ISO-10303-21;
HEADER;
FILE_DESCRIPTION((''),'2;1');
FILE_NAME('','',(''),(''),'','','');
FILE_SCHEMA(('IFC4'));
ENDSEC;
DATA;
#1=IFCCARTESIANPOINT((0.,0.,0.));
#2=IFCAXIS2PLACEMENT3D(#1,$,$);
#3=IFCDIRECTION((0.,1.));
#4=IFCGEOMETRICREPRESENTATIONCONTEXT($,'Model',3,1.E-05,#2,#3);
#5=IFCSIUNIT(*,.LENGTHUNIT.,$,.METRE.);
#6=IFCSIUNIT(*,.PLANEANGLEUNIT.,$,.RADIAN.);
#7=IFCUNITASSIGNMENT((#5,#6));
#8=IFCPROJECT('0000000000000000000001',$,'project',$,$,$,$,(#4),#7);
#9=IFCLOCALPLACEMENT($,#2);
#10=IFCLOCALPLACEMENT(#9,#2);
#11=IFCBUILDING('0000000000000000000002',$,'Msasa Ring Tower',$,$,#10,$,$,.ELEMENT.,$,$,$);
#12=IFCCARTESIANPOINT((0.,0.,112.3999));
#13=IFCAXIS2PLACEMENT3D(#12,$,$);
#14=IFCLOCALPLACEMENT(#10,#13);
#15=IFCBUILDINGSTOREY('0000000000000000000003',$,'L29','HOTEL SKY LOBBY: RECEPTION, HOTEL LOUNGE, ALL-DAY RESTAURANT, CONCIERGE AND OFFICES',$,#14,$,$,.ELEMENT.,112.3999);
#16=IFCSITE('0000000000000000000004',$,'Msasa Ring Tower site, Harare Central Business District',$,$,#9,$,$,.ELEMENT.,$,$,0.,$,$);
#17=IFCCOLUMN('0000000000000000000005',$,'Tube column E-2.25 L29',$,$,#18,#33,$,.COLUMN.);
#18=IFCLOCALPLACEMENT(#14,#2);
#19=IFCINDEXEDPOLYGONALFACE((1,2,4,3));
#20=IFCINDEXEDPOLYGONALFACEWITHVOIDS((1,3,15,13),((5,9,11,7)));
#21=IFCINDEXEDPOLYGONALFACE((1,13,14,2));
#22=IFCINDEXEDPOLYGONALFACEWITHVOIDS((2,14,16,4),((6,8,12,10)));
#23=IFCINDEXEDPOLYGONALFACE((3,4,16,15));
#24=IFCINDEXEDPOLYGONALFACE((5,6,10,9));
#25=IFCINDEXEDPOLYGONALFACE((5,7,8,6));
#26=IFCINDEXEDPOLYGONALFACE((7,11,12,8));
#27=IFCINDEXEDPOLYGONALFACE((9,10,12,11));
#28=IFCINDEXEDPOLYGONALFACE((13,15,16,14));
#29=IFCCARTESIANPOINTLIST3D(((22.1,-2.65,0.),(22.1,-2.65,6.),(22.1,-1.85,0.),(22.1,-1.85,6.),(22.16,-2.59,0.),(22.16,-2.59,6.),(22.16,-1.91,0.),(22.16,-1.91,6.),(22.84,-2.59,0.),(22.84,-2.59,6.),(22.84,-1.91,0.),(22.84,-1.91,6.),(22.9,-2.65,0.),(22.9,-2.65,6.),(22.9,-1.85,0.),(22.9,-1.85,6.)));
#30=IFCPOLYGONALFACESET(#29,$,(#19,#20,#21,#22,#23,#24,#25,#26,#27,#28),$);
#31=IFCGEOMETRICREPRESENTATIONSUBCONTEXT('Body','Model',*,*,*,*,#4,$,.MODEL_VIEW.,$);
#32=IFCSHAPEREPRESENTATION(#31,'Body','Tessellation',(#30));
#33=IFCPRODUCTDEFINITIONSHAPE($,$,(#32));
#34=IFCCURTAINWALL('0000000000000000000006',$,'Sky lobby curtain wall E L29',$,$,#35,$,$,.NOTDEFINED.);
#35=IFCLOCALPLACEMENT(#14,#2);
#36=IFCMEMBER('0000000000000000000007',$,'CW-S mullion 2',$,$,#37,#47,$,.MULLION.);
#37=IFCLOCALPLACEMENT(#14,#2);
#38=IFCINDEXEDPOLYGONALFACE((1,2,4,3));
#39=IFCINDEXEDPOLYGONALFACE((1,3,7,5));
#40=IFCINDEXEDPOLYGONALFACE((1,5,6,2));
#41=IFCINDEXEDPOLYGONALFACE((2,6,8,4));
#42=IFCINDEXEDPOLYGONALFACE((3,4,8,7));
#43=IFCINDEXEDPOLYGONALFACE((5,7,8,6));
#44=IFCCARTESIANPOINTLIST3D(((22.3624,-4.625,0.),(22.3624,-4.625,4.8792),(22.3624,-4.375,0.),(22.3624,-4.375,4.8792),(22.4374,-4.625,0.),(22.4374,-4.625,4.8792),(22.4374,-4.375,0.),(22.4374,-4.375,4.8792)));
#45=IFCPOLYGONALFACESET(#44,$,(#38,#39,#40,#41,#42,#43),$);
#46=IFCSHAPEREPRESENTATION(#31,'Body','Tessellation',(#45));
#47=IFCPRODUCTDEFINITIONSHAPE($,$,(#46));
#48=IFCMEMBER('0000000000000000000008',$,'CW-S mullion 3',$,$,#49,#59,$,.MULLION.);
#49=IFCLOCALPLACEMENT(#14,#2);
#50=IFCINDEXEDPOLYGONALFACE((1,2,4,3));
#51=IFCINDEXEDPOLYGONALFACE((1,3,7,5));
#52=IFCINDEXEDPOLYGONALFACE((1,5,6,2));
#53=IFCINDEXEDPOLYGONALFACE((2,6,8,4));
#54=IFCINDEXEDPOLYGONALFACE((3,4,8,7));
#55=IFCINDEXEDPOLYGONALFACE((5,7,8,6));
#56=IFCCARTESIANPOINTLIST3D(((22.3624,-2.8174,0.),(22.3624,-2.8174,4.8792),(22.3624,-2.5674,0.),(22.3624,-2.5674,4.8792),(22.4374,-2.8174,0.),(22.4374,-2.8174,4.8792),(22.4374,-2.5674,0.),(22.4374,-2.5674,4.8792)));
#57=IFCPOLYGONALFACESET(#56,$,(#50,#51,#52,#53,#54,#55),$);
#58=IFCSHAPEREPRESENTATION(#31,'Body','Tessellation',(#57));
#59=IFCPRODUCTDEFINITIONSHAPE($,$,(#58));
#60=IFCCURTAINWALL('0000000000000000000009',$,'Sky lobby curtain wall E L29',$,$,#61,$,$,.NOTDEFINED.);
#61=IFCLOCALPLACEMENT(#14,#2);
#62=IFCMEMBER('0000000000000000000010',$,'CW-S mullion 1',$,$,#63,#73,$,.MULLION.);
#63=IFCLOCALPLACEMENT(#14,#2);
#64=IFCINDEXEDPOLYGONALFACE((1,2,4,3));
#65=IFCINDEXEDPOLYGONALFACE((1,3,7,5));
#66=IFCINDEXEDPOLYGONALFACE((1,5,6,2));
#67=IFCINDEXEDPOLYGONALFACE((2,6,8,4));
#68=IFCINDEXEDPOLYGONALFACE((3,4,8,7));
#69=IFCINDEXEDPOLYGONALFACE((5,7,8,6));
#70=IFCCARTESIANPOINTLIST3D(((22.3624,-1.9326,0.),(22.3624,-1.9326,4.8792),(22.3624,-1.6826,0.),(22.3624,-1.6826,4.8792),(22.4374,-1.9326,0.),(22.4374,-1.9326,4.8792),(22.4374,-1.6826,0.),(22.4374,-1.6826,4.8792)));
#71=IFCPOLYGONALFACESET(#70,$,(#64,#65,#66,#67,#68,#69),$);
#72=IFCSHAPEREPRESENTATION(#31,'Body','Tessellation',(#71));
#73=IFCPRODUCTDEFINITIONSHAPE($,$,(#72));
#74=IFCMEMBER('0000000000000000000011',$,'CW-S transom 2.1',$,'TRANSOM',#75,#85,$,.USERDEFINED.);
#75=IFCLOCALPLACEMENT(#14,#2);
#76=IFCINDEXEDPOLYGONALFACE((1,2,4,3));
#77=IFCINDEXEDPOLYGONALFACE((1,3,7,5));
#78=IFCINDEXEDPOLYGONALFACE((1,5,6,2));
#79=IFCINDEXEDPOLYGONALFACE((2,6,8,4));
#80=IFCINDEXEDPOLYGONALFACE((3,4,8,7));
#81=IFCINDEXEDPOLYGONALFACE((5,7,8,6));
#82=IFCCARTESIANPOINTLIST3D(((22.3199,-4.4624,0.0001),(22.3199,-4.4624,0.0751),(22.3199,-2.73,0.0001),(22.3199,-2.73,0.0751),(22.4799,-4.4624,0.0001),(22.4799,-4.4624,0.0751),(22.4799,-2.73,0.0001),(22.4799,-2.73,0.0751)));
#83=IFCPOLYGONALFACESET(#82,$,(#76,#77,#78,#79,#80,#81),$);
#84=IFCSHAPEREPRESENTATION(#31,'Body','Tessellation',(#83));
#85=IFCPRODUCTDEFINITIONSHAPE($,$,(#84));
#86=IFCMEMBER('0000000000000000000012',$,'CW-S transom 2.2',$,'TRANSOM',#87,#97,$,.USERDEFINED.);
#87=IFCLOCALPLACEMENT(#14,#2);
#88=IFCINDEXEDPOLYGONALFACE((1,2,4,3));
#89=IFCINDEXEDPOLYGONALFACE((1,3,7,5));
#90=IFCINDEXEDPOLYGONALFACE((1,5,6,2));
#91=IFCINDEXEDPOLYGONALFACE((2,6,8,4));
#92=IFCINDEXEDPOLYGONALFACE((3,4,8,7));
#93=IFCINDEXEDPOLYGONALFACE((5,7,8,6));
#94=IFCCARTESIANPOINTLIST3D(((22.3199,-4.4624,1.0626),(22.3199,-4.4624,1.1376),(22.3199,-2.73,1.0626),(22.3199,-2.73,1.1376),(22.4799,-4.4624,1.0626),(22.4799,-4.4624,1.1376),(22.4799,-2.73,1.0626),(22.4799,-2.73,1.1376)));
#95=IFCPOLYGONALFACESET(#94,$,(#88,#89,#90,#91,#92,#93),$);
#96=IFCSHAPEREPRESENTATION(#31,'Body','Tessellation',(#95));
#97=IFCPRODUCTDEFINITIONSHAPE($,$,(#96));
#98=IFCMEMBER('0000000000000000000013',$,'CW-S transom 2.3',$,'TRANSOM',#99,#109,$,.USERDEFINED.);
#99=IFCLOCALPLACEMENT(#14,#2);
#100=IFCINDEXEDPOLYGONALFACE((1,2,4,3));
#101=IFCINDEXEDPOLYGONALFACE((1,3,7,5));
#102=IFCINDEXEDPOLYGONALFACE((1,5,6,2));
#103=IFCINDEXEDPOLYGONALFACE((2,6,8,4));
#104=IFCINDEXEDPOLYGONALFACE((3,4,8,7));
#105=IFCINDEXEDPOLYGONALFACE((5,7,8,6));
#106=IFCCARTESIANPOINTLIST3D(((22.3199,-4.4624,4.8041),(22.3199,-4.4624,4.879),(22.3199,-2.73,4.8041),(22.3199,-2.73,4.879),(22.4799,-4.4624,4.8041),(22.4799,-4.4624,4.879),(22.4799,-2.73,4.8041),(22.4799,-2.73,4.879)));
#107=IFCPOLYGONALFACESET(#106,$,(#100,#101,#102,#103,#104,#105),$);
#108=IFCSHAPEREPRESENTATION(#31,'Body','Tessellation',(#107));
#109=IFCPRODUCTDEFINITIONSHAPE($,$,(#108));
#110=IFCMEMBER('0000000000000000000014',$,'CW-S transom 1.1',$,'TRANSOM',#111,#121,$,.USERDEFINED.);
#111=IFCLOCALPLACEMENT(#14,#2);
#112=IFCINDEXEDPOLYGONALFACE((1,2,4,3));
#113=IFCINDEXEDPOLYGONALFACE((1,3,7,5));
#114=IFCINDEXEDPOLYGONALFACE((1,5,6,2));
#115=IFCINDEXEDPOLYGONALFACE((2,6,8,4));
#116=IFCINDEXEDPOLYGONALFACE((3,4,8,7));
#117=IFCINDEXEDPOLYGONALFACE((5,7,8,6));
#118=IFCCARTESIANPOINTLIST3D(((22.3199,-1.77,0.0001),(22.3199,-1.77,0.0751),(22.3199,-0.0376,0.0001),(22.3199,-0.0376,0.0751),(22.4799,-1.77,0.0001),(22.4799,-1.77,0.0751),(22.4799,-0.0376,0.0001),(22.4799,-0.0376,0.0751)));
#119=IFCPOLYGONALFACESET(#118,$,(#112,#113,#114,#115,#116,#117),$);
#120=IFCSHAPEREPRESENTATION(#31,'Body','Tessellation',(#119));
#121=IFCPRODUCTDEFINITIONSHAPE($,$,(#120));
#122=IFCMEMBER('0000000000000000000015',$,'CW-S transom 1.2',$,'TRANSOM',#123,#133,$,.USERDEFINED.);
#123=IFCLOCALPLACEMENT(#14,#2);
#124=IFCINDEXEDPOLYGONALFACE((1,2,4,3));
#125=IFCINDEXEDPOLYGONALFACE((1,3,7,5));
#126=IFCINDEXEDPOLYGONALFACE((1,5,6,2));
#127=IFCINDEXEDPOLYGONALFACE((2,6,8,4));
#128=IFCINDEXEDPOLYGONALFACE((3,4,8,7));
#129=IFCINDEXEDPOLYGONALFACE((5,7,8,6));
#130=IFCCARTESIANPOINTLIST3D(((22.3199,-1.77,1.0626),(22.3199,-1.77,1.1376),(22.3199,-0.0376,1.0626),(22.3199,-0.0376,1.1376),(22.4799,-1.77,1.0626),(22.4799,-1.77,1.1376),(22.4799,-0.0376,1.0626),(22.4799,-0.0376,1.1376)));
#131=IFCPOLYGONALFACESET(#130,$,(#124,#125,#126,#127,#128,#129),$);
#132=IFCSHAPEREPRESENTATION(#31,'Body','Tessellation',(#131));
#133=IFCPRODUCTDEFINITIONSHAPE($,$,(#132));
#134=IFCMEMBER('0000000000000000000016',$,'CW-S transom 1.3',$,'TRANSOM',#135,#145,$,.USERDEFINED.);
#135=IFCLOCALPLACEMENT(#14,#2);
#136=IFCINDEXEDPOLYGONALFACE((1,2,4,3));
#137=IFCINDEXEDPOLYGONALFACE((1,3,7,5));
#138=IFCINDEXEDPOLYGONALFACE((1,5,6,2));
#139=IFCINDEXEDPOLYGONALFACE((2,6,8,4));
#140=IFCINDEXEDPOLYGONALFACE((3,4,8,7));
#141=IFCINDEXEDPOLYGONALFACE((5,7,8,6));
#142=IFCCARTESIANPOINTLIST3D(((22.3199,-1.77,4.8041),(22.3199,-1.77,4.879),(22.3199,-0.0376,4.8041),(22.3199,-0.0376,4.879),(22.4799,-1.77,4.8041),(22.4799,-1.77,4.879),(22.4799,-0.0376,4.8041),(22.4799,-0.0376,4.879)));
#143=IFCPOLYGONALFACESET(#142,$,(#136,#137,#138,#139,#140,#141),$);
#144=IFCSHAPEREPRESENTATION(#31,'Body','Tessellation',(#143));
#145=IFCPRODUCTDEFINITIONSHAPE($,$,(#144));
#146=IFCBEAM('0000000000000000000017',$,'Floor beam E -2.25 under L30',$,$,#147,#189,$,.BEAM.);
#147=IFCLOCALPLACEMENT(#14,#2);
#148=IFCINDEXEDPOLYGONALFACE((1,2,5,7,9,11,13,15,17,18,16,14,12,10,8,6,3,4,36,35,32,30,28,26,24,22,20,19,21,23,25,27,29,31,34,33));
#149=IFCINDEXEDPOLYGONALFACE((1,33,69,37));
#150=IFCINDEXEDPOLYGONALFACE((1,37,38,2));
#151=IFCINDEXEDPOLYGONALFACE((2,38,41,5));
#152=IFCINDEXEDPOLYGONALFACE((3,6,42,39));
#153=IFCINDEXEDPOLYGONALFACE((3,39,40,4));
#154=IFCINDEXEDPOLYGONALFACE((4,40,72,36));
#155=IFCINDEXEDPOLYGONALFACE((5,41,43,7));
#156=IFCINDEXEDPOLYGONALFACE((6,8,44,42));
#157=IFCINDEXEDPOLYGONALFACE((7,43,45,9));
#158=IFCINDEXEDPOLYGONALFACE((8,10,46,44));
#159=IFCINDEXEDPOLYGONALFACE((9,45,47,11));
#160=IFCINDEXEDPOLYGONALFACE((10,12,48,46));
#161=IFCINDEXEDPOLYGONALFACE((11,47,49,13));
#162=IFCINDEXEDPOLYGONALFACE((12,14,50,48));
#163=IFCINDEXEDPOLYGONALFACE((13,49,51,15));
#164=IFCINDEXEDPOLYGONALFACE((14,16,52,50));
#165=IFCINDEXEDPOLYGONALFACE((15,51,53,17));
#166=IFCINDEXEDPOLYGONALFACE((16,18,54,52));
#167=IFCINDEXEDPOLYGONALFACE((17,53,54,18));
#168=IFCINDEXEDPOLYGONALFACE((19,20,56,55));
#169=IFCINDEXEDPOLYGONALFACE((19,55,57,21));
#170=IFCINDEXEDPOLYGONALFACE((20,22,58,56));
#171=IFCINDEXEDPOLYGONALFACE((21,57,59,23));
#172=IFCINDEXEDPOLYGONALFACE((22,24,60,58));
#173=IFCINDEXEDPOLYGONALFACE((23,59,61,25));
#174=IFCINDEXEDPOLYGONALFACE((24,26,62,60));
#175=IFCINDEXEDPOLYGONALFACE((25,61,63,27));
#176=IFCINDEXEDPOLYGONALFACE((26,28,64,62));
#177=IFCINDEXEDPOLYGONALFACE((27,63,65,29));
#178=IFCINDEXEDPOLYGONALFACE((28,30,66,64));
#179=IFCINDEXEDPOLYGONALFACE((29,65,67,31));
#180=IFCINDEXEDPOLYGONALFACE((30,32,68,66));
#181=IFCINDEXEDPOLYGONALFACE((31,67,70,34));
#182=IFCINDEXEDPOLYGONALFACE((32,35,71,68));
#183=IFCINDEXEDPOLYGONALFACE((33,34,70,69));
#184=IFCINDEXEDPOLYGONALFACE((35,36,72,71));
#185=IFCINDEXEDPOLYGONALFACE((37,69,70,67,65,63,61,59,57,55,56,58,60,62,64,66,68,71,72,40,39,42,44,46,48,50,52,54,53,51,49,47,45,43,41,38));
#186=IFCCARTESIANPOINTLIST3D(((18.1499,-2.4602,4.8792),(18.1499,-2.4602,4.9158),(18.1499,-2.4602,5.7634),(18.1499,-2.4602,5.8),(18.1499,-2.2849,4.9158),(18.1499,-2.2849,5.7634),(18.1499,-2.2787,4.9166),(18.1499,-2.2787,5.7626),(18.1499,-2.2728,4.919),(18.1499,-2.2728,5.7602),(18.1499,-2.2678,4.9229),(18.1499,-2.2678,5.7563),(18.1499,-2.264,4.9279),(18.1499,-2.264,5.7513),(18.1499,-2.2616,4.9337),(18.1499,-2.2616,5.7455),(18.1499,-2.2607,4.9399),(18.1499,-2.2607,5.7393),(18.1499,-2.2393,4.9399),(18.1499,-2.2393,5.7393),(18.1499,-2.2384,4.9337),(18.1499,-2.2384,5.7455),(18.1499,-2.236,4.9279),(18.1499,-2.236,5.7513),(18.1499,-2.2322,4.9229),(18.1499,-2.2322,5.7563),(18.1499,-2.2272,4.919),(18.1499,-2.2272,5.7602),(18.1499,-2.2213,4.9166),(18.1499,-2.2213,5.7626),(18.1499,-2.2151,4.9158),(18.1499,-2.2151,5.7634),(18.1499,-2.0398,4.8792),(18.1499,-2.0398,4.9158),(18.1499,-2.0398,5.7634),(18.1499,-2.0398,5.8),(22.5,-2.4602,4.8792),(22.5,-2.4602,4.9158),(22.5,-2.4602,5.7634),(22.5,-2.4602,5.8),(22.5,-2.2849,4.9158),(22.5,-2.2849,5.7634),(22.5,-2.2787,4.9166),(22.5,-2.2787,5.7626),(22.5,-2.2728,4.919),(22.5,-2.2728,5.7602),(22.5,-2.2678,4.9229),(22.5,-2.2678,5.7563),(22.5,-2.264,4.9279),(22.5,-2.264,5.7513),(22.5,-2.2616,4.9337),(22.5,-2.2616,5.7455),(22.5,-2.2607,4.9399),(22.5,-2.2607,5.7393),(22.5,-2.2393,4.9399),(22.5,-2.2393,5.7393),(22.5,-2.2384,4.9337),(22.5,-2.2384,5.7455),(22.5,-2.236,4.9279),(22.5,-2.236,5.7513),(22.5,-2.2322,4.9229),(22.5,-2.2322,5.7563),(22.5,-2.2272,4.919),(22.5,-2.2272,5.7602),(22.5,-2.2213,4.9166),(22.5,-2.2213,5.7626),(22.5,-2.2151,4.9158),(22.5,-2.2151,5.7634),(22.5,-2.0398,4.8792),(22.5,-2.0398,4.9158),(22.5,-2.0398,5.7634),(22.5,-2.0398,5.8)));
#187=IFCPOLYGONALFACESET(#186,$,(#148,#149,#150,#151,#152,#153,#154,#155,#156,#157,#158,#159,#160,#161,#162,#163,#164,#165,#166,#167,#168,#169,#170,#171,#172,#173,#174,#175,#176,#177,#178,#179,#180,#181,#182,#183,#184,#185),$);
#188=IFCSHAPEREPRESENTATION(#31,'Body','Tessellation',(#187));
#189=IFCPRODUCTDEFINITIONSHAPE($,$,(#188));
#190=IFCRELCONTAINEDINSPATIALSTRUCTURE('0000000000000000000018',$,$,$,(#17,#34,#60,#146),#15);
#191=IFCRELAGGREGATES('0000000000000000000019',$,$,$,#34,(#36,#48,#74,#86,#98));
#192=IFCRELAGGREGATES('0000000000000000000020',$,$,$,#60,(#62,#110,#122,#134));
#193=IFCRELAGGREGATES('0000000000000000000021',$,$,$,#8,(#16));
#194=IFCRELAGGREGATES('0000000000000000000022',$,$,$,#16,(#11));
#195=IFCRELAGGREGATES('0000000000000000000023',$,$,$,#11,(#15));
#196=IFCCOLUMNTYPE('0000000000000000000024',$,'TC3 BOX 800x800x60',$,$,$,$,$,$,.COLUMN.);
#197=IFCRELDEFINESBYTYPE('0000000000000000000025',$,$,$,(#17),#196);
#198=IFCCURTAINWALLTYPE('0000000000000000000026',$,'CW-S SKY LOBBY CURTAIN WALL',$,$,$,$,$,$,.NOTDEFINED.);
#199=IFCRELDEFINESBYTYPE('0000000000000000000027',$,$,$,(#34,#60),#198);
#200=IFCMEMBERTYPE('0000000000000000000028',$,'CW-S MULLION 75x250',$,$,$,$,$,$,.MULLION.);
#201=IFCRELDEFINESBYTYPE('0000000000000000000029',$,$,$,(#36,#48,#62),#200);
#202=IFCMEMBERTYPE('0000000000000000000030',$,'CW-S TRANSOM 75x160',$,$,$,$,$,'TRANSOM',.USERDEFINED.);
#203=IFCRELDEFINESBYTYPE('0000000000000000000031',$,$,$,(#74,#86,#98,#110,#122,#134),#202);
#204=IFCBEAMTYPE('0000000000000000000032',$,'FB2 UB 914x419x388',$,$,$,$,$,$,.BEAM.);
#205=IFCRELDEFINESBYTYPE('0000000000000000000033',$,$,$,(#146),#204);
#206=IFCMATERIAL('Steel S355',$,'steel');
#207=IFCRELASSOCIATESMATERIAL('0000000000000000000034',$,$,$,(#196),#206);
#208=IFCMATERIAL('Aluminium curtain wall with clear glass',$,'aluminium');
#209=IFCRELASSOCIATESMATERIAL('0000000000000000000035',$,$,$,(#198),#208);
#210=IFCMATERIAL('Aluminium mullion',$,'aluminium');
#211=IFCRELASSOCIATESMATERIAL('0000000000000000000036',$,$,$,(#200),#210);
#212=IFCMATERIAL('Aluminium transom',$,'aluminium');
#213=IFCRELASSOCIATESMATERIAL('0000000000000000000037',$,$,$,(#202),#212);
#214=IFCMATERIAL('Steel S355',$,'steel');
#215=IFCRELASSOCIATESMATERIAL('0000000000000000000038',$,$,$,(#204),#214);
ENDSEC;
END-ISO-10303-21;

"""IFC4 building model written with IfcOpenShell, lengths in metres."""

from ifc_helpers import new_model, si_unit, direction, frame, origin, origin_2d, place, context, subcontext, project, spatial, rectangle, hollow_rectangle, i_section, extrude, material, material_profile, profile_set, type_object, element, aggregate, save


model = new_model("IFC4")

# Units and contexts
model_context = context("Model", 3, precision=1e-05, world=origin(), true_north=direction((0.0, 1.0)))
body_context = subcontext(model_context, "Body", "Model", "MODEL_VIEW")
ifc_project = project(units=[si_unit("LENGTHUNIT", "METRE"), si_unit("PLANEANGLEUNIT", "RADIAN")], contexts=[model_context])

# Site, building, storey
site_placement = place(None, origin())
site = spatial("IfcSite", under=ifc_project, at=site_placement, Name="Msasa Ring Tower site, Harare Central Business District", CompositionType="ELEMENT", RefElevation=0.0)
building_placement = place(site_placement, origin())
building = spatial("IfcBuilding", under=site, at=building_placement, Name="Msasa Ring Tower", CompositionType="ELEMENT")
storey_placement = place(building_placement, frame((0.0, 0.0, 112.3999)))
storey = spatial("IfcBuildingStorey", under=building, at=storey_placement, Name="L29", Description="HOTEL SKY LOBBY: RECEPTION, HOTEL LOUNGE, ALL-DAY RESTAURANT, CONCIERGE AND OFFICES", CompositionType="ELEMENT", Elevation=112.3999)

# Column
ifc_material_1 = material(Name="Steel S355", Category="steel")
ifc_material_profile_1 = material_profile(ifc_material_1, hollow_rectangle(XDim=0.8, YDim=0.8, WallThickness=0.0601, at=origin_2d()), Name="BOX 800x800x60")
ifc_profile_set_1 = profile_set([ifc_material_profile_1], Name="Steel S355")
column_type = type_object("IfcColumnType", Name="TC3 BOX 800x800x60", PredefinedType="COLUMN", material=ifc_profile_set_1)
column_placement = place(storey_placement, frame((22.5, -2.25, 0.0), z_axis=(0.0, 0.0, 1.0), x_axis=(1.0, 0.0, 0.0)))
element("IfcColumn", 1, at=column_placement, inside=storey, type_object=column_type, Name="Tube column E-2.25 L29", PredefinedType="COLUMN", context=body_context, shape_type="SweptSolid", body=[
    extrude(hollow_rectangle(XDim=0.8, YDim=0.8, WallThickness=0.0601, at=origin_2d()), origin(), (0.0, 0.0, 1.0), 6.0),
])

# Curtain wall, members
ifc_material_2 = material(Name="Aluminium curtain wall with clear glass", Category="aluminium")
curtain_wall_type = type_object("IfcCurtainWallType", Name="CW-S SKY LOBBY CURTAIN WALL", PredefinedType="NOTDEFINED", material=ifc_material_2)
curtain_wall_1_placement = place(storey_placement, origin())
curtain_wall_1 = element("IfcCurtainWall", 2, at=curtain_wall_1_placement, inside=storey, type_object=curtain_wall_type, Name="Sky lobby curtain wall E L29", PredefinedType="NOTDEFINED")
ifc_material_3 = material(Name="Aluminium mullion", Category="aluminium")
ifc_material_profile_2 = material_profile(ifc_material_3, rectangle(XDim=0.075, YDim=0.25, at=origin_2d()), Name="AL 75x250")
ifc_profile_set_2 = profile_set([ifc_material_profile_2], Name="Aluminium mullion")
member_type_1 = type_object("IfcMemberType", Name="CW-S MULLION 75x250", PredefinedType="MULLION", material=ifc_profile_set_2)
member_1_placement = place(storey_placement, frame((22.3999, -4.5, 0.0), z_axis=(0.0, 0.0, 1.0), x_axis=(-1.0, 0.0, 0.0)))
member_1 = element("IfcMember", 3, at=member_1_placement, type_object=member_type_1, Name="CW-S mullion 2", PredefinedType="MULLION", context=body_context, shape_type="SweptSolid", body=[
    extrude(rectangle(XDim=0.075, YDim=0.25, at=origin_2d()), origin(), (0.0, 0.0, 1.0), 4.8792),
])
member_2_placement = place(storey_placement, frame((22.3999, -2.6924, 0.0), z_axis=(0.0, 0.0, 1.0), x_axis=(-1.0, 0.0, 0.0)))
member_2 = element("IfcMember", 4, at=member_2_placement, type_object=member_type_1, Name="CW-S mullion 3", PredefinedType="MULLION", context=body_context, shape_type="SweptSolid", body=[
    extrude(rectangle(XDim=0.075, YDim=0.25, at=origin_2d()), origin(), (0.0, 0.0, 1.0), 4.8792),
])

# Curtain wall, member
curtain_wall_2_placement = place(storey_placement, origin())
curtain_wall_2 = element("IfcCurtainWall", 5, at=curtain_wall_2_placement, inside=storey, type_object=curtain_wall_type, Name="Sky lobby curtain wall E L29", PredefinedType="NOTDEFINED")
member_3_placement = place(storey_placement, frame((22.3999, -1.8076, 0.0), z_axis=(0.0, 0.0, 1.0), x_axis=(-1.0, 0.0, 0.0)))
member_3 = element("IfcMember", 6, at=member_3_placement, type_object=member_type_1, Name="CW-S mullion 1", PredefinedType="MULLION", context=body_context, shape_type="SweptSolid", body=[
    extrude(rectangle(XDim=0.075, YDim=0.25, at=origin_2d()), origin(), (0.0, 0.0, 1.0), 4.8792),
])

# Members
ifc_material_4 = material(Name="Aluminium transom", Category="aluminium")
ifc_material_profile_3 = material_profile(ifc_material_4, rectangle(XDim=0.1599, YDim=0.075, at=origin_2d()), Name="AL 75x160")
ifc_profile_set_3 = profile_set([ifc_material_profile_3], Name="Aluminium transom")
member_type_2 = type_object("IfcMemberType", Name="CW-S TRANSOM 75x160", ElementType="TRANSOM", PredefinedType="USERDEFINED", material=ifc_profile_set_3)
member_4_placement = place(storey_placement, frame((22.3999, -4.4624, 0.0376), z_axis=(0.0, 1.0, 0.0), x_axis=(-1.0, 0.0, 0.0)))
member_4 = element("IfcMember", 7, at=member_4_placement, type_object=member_type_2, Name="CW-S transom 2.1", ObjectType="TRANSOM", PredefinedType="USERDEFINED", context=body_context, shape_type="SweptSolid", body=[
    extrude(rectangle(XDim=0.1599, YDim=0.075, at=origin_2d()), origin(), (0.0, 0.0, 1.0), 1.7324),
])
member_5_placement = place(storey_placement, frame((22.3999, -4.4624, 1.1001), z_axis=(0.0, 1.0, 0.0), x_axis=(-1.0, 0.0, 0.0)))
member_5 = element("IfcMember", 8, at=member_5_placement, type_object=member_type_2, Name="CW-S transom 2.2", ObjectType="TRANSOM", PredefinedType="USERDEFINED", context=body_context, shape_type="SweptSolid", body=[
    extrude(rectangle(XDim=0.1599, YDim=0.075, at=origin_2d()), origin(), (0.0, 0.0, 1.0), 1.7324),
])
member_6_placement = place(storey_placement, frame((22.3999, -4.4624, 4.8416), z_axis=(0.0, 1.0, 0.0), x_axis=(-1.0, 0.0, 0.0)))
member_6 = element("IfcMember", 9, at=member_6_placement, type_object=member_type_2, Name="CW-S transom 2.3", ObjectType="TRANSOM", PredefinedType="USERDEFINED", context=body_context, shape_type="SweptSolid", body=[
    extrude(rectangle(XDim=0.1599, YDim=0.075, at=origin_2d()), origin(), (0.0, 0.0, 1.0), 1.7324),
])
member_7_placement = place(storey_placement, frame((22.3999, -1.77, 0.0376), z_axis=(0.0, 1.0, 0.0), x_axis=(-1.0, 0.0, 0.0)))
member_7 = element("IfcMember", 10, at=member_7_placement, type_object=member_type_2, Name="CW-S transom 1.1", ObjectType="TRANSOM", PredefinedType="USERDEFINED", context=body_context, shape_type="SweptSolid", body=[
    extrude(rectangle(XDim=0.1599, YDim=0.075, at=origin_2d()), origin(), (0.0, 0.0, 1.0), 1.7324),
])
member_8_placement = place(storey_placement, frame((22.3999, -1.77, 1.1001), z_axis=(0.0, 1.0, 0.0), x_axis=(-1.0, 0.0, 0.0)))
member_8 = element("IfcMember", 11, at=member_8_placement, type_object=member_type_2, Name="CW-S transom 1.2", ObjectType="TRANSOM", PredefinedType="USERDEFINED", context=body_context, shape_type="SweptSolid", body=[
    extrude(rectangle(XDim=0.1599, YDim=0.075, at=origin_2d()), origin(), (0.0, 0.0, 1.0), 1.7324),
])
member_9_placement = place(storey_placement, frame((22.3999, -1.77, 4.8416), z_axis=(0.0, 1.0, 0.0), x_axis=(-1.0, 0.0, 0.0)))
member_9 = element("IfcMember", 12, at=member_9_placement, type_object=member_type_2, Name="CW-S transom 1.3", ObjectType="TRANSOM", PredefinedType="USERDEFINED", context=body_context, shape_type="SweptSolid", body=[
    extrude(rectangle(XDim=0.1599, YDim=0.075, at=origin_2d()), origin(), (0.0, 0.0, 1.0), 1.7324),
])

# Beam
ifc_material_5 = material(Name="Steel S355", Category="steel")
ifc_material_profile_4 = material_profile(ifc_material_5, i_section(OverallWidth=0.4204, OverallDepth=0.9209, WebThickness=0.0215, FlangeThickness=0.0366, FilletRadius=0.0242, at=origin_2d()), Name="UB 914x419x388")
ifc_profile_set_4 = profile_set([ifc_material_profile_4], Name="Steel S355")
beam_type_1 = type_object("IfcBeamType", Name="FB2 UB 914x419x388", PredefinedType="BEAM", material=ifc_profile_set_4)
beam_1_placement = place(storey_placement, frame((22.5, -2.25, 5.3396), z_axis=(-1.0, 0.0, 0.0), x_axis=(0.0, -1.0, 0.0)))
element("IfcBeam", 13, at=beam_1_placement, inside=storey, type_object=beam_type_1, Name="Floor beam E -2.25 under L30", PredefinedType="BEAM", context=body_context, shape_type="SweptSolid", body=[
    extrude(i_section(OverallWidth=0.4204, OverallDepth=0.9209, WebThickness=0.0215, FlangeThickness=0.0366, FilletRadius=0.0242, at=origin_2d()), origin(), (0.0, 0.0, 1.0), 4.3501),
])

aggregate(curtain_wall_1, [member_1, member_2, member_4, member_5, member_6])
aggregate(curtain_wall_2, [member_3, member_7, member_8, member_9])

save(model, "model.ifc")
